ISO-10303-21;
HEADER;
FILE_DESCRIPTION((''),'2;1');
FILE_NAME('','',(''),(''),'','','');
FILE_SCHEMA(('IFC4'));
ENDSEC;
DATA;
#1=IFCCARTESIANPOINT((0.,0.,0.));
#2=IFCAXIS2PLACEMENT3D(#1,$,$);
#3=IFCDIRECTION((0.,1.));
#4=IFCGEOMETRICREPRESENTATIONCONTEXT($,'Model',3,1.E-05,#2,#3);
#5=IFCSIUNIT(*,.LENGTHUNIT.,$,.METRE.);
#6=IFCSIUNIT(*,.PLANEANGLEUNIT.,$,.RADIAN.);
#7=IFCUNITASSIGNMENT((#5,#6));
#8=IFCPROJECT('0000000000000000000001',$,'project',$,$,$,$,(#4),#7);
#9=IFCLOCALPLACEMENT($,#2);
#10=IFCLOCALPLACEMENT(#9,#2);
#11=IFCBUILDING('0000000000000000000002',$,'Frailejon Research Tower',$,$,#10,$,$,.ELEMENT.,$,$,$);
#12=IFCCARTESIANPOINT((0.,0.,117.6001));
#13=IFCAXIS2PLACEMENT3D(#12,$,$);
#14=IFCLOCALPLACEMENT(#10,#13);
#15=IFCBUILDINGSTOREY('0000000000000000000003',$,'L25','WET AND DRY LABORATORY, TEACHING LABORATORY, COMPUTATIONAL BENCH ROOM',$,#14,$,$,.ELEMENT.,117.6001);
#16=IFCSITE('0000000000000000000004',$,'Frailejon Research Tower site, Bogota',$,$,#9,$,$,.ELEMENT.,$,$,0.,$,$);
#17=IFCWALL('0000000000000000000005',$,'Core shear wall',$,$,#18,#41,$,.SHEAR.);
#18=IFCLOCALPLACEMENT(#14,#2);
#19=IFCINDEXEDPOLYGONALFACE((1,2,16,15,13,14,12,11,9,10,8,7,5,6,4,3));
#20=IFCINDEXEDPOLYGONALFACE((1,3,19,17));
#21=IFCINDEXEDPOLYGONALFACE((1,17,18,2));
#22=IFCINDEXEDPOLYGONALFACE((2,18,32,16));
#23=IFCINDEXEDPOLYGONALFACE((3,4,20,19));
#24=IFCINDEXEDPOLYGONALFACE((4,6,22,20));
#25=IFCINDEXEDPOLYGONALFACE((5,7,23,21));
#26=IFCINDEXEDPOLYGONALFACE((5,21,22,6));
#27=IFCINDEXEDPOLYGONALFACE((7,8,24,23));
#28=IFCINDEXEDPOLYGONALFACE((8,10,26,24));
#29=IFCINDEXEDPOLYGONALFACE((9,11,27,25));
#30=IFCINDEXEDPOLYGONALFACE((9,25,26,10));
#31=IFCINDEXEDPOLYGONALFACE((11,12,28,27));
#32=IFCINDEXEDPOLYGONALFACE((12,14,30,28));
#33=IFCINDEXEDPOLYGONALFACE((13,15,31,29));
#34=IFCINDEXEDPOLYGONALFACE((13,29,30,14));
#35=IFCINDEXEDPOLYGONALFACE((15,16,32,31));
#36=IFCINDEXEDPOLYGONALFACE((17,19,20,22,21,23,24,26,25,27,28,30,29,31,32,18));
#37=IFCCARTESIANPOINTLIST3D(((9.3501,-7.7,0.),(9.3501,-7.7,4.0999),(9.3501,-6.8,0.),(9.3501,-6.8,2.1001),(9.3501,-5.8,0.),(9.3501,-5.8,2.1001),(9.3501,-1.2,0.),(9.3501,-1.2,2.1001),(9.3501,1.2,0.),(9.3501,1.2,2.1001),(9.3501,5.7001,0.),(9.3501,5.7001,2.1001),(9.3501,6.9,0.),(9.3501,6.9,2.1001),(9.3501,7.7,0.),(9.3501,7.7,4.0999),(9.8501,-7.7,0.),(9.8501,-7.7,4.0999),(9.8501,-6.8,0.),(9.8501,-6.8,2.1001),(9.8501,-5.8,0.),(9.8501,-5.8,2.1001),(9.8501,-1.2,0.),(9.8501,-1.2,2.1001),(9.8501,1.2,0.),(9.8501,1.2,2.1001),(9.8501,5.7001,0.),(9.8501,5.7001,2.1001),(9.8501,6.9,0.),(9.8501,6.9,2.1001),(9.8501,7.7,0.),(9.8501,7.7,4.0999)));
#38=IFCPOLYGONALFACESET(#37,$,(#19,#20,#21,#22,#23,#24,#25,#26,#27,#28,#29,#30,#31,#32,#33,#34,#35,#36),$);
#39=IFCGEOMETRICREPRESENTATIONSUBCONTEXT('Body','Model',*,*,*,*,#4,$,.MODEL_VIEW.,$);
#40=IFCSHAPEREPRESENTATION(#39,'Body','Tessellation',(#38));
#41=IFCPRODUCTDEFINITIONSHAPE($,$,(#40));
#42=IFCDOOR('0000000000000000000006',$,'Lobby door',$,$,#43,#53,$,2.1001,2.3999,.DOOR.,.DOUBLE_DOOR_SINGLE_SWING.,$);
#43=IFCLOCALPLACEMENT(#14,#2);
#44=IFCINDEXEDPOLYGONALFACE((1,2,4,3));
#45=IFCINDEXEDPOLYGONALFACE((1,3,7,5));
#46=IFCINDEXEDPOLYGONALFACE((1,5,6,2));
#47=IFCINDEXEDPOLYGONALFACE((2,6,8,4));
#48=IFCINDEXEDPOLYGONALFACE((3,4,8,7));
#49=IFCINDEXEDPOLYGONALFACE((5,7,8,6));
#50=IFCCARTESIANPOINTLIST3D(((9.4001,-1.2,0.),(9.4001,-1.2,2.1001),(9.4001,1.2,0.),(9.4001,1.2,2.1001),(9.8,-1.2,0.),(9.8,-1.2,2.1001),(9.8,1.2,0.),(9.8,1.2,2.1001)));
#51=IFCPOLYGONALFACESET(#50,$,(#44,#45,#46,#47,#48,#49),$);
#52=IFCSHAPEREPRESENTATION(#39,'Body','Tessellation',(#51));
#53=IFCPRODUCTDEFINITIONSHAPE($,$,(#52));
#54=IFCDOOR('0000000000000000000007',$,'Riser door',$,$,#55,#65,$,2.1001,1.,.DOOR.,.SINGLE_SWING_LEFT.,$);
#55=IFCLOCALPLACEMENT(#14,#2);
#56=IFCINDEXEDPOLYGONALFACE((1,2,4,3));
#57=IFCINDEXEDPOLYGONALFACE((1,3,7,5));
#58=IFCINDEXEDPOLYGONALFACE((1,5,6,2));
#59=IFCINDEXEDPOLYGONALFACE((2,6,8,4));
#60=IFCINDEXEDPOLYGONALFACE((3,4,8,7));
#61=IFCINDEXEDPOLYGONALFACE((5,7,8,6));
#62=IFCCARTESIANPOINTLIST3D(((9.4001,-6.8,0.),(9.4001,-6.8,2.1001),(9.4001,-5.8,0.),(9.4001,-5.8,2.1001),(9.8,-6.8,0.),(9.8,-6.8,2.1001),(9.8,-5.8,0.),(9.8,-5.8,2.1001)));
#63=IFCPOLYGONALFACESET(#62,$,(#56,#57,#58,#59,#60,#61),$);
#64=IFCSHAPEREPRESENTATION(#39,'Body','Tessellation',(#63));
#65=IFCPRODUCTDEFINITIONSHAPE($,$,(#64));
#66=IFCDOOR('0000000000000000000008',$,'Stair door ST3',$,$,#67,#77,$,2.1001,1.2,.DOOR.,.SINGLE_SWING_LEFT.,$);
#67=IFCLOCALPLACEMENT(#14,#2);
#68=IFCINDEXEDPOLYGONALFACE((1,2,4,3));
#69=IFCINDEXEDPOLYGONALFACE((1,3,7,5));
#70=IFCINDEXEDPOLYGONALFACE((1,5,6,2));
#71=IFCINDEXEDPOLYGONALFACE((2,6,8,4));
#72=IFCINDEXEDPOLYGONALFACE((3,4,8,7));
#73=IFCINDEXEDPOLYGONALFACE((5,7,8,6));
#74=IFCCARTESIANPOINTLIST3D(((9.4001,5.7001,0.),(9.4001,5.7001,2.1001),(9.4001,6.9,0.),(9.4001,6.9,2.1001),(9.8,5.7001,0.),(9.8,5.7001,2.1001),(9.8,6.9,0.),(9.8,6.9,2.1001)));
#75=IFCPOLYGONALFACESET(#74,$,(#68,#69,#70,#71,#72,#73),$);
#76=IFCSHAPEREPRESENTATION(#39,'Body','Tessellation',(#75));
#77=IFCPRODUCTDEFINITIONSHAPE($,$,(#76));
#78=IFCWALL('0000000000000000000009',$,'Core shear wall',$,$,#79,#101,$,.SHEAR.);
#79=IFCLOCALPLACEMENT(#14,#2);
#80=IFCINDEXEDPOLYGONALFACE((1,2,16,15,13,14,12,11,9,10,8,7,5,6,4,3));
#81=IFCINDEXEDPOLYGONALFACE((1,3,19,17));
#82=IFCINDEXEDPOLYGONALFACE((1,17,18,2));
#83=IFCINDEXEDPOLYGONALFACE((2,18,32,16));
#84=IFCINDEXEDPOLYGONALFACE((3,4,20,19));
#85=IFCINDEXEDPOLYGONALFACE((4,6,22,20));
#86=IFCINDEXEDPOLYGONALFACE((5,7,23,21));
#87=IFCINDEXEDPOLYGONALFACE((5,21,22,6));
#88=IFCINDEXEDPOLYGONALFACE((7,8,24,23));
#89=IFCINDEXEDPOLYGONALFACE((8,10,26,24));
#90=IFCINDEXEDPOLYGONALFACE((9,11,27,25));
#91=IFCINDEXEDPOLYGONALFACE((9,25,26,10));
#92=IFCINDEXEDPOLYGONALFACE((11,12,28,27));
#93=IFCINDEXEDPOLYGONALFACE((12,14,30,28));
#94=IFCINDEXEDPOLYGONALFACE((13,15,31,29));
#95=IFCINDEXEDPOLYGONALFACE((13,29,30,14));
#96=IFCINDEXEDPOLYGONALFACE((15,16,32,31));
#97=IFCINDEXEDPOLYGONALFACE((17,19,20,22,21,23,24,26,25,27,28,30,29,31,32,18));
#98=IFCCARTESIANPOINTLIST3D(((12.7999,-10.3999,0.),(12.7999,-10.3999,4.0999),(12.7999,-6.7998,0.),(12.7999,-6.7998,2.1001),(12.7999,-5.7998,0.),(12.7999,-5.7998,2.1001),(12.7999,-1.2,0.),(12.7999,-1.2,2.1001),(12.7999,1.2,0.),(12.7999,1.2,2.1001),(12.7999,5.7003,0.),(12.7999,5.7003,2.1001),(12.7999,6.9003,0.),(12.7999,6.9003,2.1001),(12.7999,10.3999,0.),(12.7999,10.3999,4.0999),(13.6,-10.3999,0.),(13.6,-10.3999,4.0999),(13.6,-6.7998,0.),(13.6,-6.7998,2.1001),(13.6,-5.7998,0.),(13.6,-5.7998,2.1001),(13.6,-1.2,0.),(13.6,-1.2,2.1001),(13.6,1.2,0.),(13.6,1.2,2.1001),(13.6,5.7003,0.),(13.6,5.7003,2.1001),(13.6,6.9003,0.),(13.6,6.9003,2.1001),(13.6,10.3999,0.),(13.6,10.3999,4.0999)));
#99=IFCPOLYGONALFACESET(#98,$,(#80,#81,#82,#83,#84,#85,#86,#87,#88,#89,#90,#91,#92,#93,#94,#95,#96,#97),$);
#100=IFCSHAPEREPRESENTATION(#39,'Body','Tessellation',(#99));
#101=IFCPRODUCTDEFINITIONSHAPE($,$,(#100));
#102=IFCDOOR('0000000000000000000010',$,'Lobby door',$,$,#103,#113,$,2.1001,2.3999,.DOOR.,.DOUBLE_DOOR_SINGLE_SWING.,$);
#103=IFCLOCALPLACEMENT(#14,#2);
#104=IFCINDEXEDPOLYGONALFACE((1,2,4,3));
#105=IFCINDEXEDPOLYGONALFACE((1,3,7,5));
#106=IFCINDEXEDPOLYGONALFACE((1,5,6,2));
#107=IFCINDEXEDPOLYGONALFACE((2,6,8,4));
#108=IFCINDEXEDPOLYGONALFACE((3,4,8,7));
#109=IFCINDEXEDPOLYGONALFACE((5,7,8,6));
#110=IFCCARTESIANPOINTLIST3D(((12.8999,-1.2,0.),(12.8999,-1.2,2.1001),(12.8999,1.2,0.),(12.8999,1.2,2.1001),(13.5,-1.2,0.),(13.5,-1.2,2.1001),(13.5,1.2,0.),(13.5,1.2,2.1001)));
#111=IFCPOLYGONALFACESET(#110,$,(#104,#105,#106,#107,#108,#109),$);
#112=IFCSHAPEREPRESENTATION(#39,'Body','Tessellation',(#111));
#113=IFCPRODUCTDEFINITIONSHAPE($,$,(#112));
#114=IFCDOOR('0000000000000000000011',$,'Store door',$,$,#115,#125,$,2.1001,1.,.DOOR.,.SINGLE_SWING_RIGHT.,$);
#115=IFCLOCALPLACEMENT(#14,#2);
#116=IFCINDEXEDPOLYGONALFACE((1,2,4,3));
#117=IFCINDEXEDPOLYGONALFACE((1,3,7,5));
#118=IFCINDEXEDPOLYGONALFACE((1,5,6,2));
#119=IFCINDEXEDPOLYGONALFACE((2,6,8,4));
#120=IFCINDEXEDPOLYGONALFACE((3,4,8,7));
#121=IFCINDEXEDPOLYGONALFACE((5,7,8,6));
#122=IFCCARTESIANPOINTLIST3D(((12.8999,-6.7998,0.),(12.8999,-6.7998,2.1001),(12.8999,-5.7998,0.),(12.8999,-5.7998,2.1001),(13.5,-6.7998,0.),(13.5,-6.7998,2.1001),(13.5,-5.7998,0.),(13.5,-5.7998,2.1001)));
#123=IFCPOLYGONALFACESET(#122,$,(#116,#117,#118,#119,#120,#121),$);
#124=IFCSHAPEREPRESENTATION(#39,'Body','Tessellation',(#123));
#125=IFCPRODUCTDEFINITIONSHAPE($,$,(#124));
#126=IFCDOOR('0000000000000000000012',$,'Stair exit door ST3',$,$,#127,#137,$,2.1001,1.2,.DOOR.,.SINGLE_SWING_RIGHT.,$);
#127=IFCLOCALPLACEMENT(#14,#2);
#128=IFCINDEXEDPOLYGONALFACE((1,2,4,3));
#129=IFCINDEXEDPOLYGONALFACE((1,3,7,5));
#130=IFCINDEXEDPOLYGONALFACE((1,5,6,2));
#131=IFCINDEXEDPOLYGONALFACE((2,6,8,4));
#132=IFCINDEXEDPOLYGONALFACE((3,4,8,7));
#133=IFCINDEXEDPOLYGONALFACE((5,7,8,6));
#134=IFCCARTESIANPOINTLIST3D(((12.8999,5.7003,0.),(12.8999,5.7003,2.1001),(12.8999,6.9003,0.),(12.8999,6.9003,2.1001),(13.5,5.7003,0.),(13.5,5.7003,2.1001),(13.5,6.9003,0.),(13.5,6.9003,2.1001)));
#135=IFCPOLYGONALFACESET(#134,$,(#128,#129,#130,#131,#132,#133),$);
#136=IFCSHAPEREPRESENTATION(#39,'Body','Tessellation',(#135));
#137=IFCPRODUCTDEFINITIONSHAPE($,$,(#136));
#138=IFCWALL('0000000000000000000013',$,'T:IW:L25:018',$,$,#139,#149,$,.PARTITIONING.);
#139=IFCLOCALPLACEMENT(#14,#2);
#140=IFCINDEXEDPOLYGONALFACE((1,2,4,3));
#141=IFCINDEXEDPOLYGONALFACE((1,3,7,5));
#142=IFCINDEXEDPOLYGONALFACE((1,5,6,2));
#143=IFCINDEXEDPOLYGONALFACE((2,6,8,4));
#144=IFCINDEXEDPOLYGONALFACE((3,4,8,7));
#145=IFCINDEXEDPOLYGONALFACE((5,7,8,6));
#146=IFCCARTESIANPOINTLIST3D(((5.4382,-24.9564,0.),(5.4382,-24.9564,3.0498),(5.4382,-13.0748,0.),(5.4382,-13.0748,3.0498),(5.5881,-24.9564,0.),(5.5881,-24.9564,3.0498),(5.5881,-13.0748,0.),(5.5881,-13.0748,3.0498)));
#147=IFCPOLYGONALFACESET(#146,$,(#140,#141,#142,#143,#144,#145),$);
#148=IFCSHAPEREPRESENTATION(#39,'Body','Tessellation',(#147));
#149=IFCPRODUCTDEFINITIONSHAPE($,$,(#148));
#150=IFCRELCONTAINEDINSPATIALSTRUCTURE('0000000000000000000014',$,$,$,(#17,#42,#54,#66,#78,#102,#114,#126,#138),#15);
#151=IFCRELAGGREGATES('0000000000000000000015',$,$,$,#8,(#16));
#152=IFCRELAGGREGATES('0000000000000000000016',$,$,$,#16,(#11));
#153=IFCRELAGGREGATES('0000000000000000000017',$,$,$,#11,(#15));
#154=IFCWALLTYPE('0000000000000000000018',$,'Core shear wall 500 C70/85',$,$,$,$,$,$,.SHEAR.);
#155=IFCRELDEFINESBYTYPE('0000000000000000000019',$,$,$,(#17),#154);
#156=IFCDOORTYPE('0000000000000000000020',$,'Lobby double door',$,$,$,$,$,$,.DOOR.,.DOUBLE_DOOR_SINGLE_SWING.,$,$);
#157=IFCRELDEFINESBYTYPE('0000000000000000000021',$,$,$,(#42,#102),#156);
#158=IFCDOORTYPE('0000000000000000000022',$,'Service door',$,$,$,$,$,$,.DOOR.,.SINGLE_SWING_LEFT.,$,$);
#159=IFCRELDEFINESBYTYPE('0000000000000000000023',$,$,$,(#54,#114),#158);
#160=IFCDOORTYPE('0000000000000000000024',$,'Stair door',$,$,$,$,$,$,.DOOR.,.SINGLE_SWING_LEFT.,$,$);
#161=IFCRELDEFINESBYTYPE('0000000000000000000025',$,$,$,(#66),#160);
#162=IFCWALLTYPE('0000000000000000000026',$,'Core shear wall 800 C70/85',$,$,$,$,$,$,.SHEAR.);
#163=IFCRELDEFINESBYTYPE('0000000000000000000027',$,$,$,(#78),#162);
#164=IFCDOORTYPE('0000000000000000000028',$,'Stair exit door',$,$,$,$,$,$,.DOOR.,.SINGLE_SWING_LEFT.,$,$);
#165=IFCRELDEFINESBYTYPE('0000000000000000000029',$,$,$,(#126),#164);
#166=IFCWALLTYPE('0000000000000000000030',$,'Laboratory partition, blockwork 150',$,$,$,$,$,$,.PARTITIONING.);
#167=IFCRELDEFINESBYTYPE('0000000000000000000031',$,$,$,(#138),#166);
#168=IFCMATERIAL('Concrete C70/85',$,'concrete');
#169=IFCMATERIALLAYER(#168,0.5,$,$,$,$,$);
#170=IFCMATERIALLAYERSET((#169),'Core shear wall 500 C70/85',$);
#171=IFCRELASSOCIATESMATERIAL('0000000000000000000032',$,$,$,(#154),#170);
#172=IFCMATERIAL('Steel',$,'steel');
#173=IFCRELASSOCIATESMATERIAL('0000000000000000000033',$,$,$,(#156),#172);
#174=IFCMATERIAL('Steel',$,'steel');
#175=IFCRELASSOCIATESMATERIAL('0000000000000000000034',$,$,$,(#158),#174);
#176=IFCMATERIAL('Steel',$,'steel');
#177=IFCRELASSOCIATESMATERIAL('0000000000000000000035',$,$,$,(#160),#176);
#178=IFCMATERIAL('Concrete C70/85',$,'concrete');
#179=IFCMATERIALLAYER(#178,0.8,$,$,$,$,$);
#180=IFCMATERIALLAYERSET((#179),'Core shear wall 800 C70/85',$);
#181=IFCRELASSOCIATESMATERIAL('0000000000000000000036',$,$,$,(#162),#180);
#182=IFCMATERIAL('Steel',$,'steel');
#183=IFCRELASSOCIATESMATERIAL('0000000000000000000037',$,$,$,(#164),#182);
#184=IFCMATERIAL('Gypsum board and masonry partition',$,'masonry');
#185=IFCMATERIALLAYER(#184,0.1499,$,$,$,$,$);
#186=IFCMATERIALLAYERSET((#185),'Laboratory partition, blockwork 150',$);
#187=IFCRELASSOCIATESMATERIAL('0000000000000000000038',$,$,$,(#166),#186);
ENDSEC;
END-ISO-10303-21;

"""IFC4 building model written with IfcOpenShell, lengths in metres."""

from ifc_helpers import new_model, si_unit, direction, frame, frame_2d, origin, place, context, subcontext, project, spatial, rectangle, extrude, material, layer, layer_set, type_object, element, fill, save


model = new_model("IFC4")

# Units and contexts
model_context = context("Model", 3, precision=1e-05, world=origin(), true_north=direction((0.0, 1.0)))
body_context = subcontext(model_context, "Body", "Model", "MODEL_VIEW")
ifc_project = project(units=[si_unit("LENGTHUNIT", "METRE"), si_unit("PLANEANGLEUNIT", "RADIAN")], contexts=[model_context])

# Site, building, storey
site_placement = place(None, origin())
site = spatial("IfcSite", under=ifc_project, at=site_placement, Name="Frailejon Research Tower site, Bogota", CompositionType="ELEMENT", RefElevation=0.0)
building_placement = place(site_placement, origin())
building = spatial("IfcBuilding", under=site, at=building_placement, Name="Frailejon Research Tower", CompositionType="ELEMENT")
storey_placement = place(building_placement, frame((0.0, 0.0, 117.6001)))
storey = spatial("IfcBuildingStorey", under=building, at=storey_placement, Name="L25", Description="WET AND DRY LABORATORY, TEACHING LABORATORY, COMPUTATIONAL BENCH ROOM", CompositionType="ELEMENT", Elevation=117.6001)

# Walls, openings, doors
ifc_material_1 = material(Name="Concrete C70/85", Category="concrete")
ifc_layer_1 = layer(ifc_material_1, 0.5)
ifc_layer_set_1 = layer_set([ifc_layer_1], Name="Core shear wall 500 C70/85")
wall_type_1 = type_object("IfcWallType", Name="Core shear wall 500 C70/85", PredefinedType="SHEAR", material=ifc_layer_set_1)
wall_1_placement = place(storey_placement, frame((9.6001, -7.7, 0.0), z_axis=(0.0, 0.0, 1.0), x_axis=(0.0, 1.0, 0.0)))
wall_1 = element("IfcWall", 1, at=wall_1_placement, inside=storey, type_object=wall_type_1, Name="Core shear wall", PredefinedType="SHEAR", context=body_context, shape_type="SweptSolid", body=[
    extrude(rectangle(XDim=15.3999, YDim=0.5, at=frame_2d((7.7, 0.0))), origin(), (0.0, 0.0, 1.0), 4.0999),
])
opening_1_placement = place(wall_1_placement, frame((6.5, 0.0, 0.0)))
opening_1 = element("IfcOpeningElement", 2, at=opening_1_placement, cuts=wall_1, PredefinedType="OPENING", context=body_context, shape_type="SweptSolid", body=[
    extrude(rectangle(XDim=2.3999, YDim=2.1001, at=frame_2d((1.2, 1.05))), frame((0.0, 0.26, 0.0), z_axis=(0.0, -1.0, 0.0), x_axis=(1.0, 0.0, 0.0)), (0.0, 0.0, 1.0), 0.52),
])
opening_2_placement = place(wall_1_placement, frame((13.3999, 0.0, 0.0)))
opening_2 = element("IfcOpeningElement", 3, at=opening_2_placement, cuts=wall_1, PredefinedType="OPENING", context=body_context, shape_type="SweptSolid", body=[
    extrude(rectangle(XDim=1.2, YDim=2.1001, at=frame_2d((0.6001, 1.05))), frame((0.0, 0.26, 0.0), z_axis=(0.0, -1.0, 0.0), x_axis=(1.0, 0.0, 0.0)), (0.0, 0.0, 1.0), 0.52),
])
opening_3_placement = place(wall_1_placement, frame((0.8999, 0.0, 0.0)))
opening_3 = element("IfcOpeningElement", 4, at=opening_3_placement, cuts=wall_1, PredefinedType="OPENING", context=body_context, shape_type="SweptSolid", body=[
    extrude(rectangle(XDim=1.0, YDim=2.1001, at=frame_2d((0.5, 1.05))), frame((0.0, 0.26, 0.0), z_axis=(0.0, -1.0, 0.0), x_axis=(1.0, 0.0, 0.0)), (0.0, 0.0, 1.0), 0.52),
])
ifc_material_2 = material(Name="Steel", Category="steel")
door_type_1 = type_object("IfcDoorType", Name="Lobby double door", OperationType="DOUBLE_DOOR_SINGLE_SWING", PredefinedType="DOOR", material=ifc_material_2)
door_1_placement = place(opening_1_placement, origin())
door_1 = element("IfcDoor", 5, at=door_1_placement, inside=storey, type_object=door_type_1, Name="Lobby door", OperationType="DOUBLE_DOOR_SINGLE_SWING", OverallHeight=2.1001, OverallWidth=2.3999, PredefinedType="DOOR", context=body_context, shape_type="SweptSolid", body=[
    extrude(rectangle(XDim=2.3999, YDim=2.1001, at=frame_2d((1.2, 1.05))), frame((0.0, 0.2, 0.0), z_axis=(0.0, -1.0, 0.0), x_axis=(1.0, 0.0, 0.0)), (0.0, 0.0, 1.0), 0.3999),
])
fill(opening_1, door_1)
ifc_material_3 = material(Name="Steel", Category="steel")
door_type_2 = type_object("IfcDoorType", Name="Service door", OperationType="SINGLE_SWING_LEFT", PredefinedType="DOOR", material=ifc_material_3)
door_2_placement = place(opening_3_placement, origin())
door_2 = element("IfcDoor", 6, at=door_2_placement, inside=storey, type_object=door_type_2, Name="Riser door", OperationType="SINGLE_SWING_LEFT", OverallHeight=2.1001, OverallWidth=1.0, PredefinedType="DOOR", context=body_context, shape_type="SweptSolid", body=[
    extrude(rectangle(XDim=1.0, YDim=2.1001, at=frame_2d((0.5, 1.05))), frame((0.0, 0.2, 0.0), z_axis=(0.0, -1.0, 0.0), x_axis=(1.0, 0.0, 0.0)), (0.0, 0.0, 1.0), 0.3999),
])
fill(opening_3, door_2)
ifc_material_4 = material(Name="Steel", Category="steel")
door_type_3 = type_object("IfcDoorType", Name="Stair door", OperationType="SINGLE_SWING_LEFT", PredefinedType="DOOR", material=ifc_material_4)
door_3_placement = place(opening_2_placement, origin())
door_3 = element("IfcDoor", 7, at=door_3_placement, inside=storey, type_object=door_type_3, Name="Stair door ST3", OperationType="SINGLE_SWING_LEFT", OverallHeight=2.1001, OverallWidth=1.2, PredefinedType="DOOR", context=body_context, shape_type="SweptSolid", body=[
    extrude(rectangle(XDim=1.2, YDim=2.1001, at=frame_2d((0.6001, 1.05))), frame((0.0, 0.2, 0.0), z_axis=(0.0, -1.0, 0.0), x_axis=(1.0, 0.0, 0.0)), (0.0, 0.0, 1.0), 0.3999),
])
fill(opening_2, door_3)
ifc_material_5 = material(Name="Concrete C70/85", Category="concrete")
ifc_layer_2 = layer(ifc_material_5, 0.8)
ifc_layer_set_2 = layer_set([ifc_layer_2], Name="Core shear wall 800 C70/85")
wall_type_2 = type_object("IfcWallType", Name="Core shear wall 800 C70/85", PredefinedType="SHEAR", material=ifc_layer_set_2)
wall_2_placement = place(storey_placement, frame((13.2, -10.3999, 0.0), z_axis=(0.0, 0.0, 1.0), x_axis=(0.0, 1.0, 0.0)))
wall_2 = element("IfcWall", 8, at=wall_2_placement, inside=storey, type_object=wall_type_2, Name="Core shear wall", PredefinedType="SHEAR", context=body_context, shape_type="SweptSolid", body=[
    extrude(rectangle(XDim=20.7998, YDim=0.8, at=frame_2d((10.3999, 0.0))), origin(), (0.0, 0.0, 1.0), 4.0999),
])
opening_4_placement = place(wall_2_placement, frame((9.2, 0.0, 0.0)))
opening_4 = element("IfcOpeningElement", 9, at=opening_4_placement, cuts=wall_2, PredefinedType="OPENING", context=body_context, shape_type="SweptSolid", body=[
    extrude(rectangle(XDim=2.3999, YDim=2.1001, at=frame_2d((1.2, 1.05))), frame((0.0, 0.4099, 0.0), z_axis=(0.0, -1.0, 0.0), x_axis=(1.0, 0.0, 0.0)), (0.0, 0.0, 1.0), 0.8201),
])
opening_5_placement = place(wall_2_placement, frame((16.1001, 0.0, 0.0)))
opening_5 = element("IfcOpeningElement", 10, at=opening_5_placement, cuts=wall_2, PredefinedType="OPENING", context=body_context, shape_type="SweptSolid", body=[
    extrude(rectangle(XDim=1.2, YDim=2.1001, at=frame_2d((0.6001, 1.05))), frame((0.0, 0.4099, 0.0), z_axis=(0.0, -1.0, 0.0), x_axis=(1.0, 0.0, 0.0)), (0.0, 0.0, 1.0), 0.8201),
])
opening_6_placement = place(wall_2_placement, frame((3.6001, 0.0, 0.0)))
opening_6 = element("IfcOpeningElement", 11, at=opening_6_placement, cuts=wall_2, PredefinedType="OPENING", context=body_context, shape_type="SweptSolid", body=[
    extrude(rectangle(XDim=1.0, YDim=2.1001, at=frame_2d((0.5, 1.05))), frame((0.0, 0.4099, 0.0), z_axis=(0.0, -1.0, 0.0), x_axis=(1.0, 0.0, 0.0)), (0.0, 0.0, 1.0), 0.8201),
])
door_4_placement = place(opening_4_placement, origin())
door_4 = element("IfcDoor", 12, at=door_4_placement, inside=storey, type_object=door_type_1, Name="Lobby door", OperationType="DOUBLE_DOOR_SINGLE_SWING", OverallHeight=2.1001, OverallWidth=2.3999, PredefinedType="DOOR", context=body_context, shape_type="SweptSolid", body=[
    extrude(rectangle(XDim=2.3999, YDim=2.1001, at=frame_2d((1.2, 1.05))), frame((0.0, 0.3, 0.0), z_axis=(0.0, -1.0, 0.0), x_axis=(1.0, 0.0, 0.0)), (0.0, 0.0, 1.0), 0.6001),
])
fill(opening_4, door_4)
door_5_placement = place(opening_6_placement, origin())
door_5 = element("IfcDoor", 13, at=door_5_placement, inside=storey, type_object=door_type_2, Name="Store door", OperationType="SINGLE_SWING_RIGHT", OverallHeight=2.1001, OverallWidth=1.0, PredefinedType="DOOR", context=body_context, shape_type="SweptSolid", body=[
    extrude(rectangle(XDim=1.0, YDim=2.1001, at=frame_2d((0.5, 1.05))), frame((0.0, 0.3, 0.0), z_axis=(0.0, -1.0, 0.0), x_axis=(1.0, 0.0, 0.0)), (0.0, 0.0, 1.0), 0.6001),
])
fill(opening_6, door_5)
ifc_material_6 = material(Name="Steel", Category="steel")
door_type_4 = type_object("IfcDoorType", Name="Stair exit door", OperationType="SINGLE_SWING_LEFT", PredefinedType="DOOR", material=ifc_material_6)
door_6_placement = place(opening_5_placement, origin())
door_6 = element("IfcDoor", 14, at=door_6_placement, inside=storey, type_object=door_type_4, Name="Stair exit door ST3", OperationType="SINGLE_SWING_RIGHT", OverallHeight=2.1001, OverallWidth=1.2, PredefinedType="DOOR", context=body_context, shape_type="SweptSolid", body=[
    extrude(rectangle(XDim=1.2, YDim=2.1001, at=frame_2d((0.6001, 1.05))), frame((0.0, 0.3, 0.0), z_axis=(0.0, -1.0, 0.0), x_axis=(1.0, 0.0, 0.0)), (0.0, 0.0, 1.0), 0.6001),
])
fill(opening_5, door_6)

# Wall
ifc_material_7 = material(Name="Gypsum board and masonry partition", Category="masonry")
ifc_layer_3 = layer(ifc_material_7, 0.1499)
ifc_layer_set_3 = layer_set([ifc_layer_3], Name="Laboratory partition, blockwork 150")
wall_type_3 = type_object("IfcWallType", Name="Laboratory partition, blockwork 150", PredefinedType="PARTITIONING", material=ifc_layer_set_3)
wall_3_placement = place(storey_placement, frame((5.5132, -24.9565, 0.0), z_axis=(0.0, 0.0, 1.0), x_axis=(0.0, 1.0, 0.0)))
element("IfcWall", 15, at=wall_3_placement, inside=storey, type_object=wall_type_3, Name="T:IW:L25:018", PredefinedType="PARTITIONING", context=body_context, shape_type="SweptSolid", body=[
    extrude(rectangle(XDim=11.8816, YDim=0.1499, at=frame_2d((5.9409, 0.0))), origin(), (0.0, 0.0, 1.0), 3.0498),
])

save(model, "model.ifc")
